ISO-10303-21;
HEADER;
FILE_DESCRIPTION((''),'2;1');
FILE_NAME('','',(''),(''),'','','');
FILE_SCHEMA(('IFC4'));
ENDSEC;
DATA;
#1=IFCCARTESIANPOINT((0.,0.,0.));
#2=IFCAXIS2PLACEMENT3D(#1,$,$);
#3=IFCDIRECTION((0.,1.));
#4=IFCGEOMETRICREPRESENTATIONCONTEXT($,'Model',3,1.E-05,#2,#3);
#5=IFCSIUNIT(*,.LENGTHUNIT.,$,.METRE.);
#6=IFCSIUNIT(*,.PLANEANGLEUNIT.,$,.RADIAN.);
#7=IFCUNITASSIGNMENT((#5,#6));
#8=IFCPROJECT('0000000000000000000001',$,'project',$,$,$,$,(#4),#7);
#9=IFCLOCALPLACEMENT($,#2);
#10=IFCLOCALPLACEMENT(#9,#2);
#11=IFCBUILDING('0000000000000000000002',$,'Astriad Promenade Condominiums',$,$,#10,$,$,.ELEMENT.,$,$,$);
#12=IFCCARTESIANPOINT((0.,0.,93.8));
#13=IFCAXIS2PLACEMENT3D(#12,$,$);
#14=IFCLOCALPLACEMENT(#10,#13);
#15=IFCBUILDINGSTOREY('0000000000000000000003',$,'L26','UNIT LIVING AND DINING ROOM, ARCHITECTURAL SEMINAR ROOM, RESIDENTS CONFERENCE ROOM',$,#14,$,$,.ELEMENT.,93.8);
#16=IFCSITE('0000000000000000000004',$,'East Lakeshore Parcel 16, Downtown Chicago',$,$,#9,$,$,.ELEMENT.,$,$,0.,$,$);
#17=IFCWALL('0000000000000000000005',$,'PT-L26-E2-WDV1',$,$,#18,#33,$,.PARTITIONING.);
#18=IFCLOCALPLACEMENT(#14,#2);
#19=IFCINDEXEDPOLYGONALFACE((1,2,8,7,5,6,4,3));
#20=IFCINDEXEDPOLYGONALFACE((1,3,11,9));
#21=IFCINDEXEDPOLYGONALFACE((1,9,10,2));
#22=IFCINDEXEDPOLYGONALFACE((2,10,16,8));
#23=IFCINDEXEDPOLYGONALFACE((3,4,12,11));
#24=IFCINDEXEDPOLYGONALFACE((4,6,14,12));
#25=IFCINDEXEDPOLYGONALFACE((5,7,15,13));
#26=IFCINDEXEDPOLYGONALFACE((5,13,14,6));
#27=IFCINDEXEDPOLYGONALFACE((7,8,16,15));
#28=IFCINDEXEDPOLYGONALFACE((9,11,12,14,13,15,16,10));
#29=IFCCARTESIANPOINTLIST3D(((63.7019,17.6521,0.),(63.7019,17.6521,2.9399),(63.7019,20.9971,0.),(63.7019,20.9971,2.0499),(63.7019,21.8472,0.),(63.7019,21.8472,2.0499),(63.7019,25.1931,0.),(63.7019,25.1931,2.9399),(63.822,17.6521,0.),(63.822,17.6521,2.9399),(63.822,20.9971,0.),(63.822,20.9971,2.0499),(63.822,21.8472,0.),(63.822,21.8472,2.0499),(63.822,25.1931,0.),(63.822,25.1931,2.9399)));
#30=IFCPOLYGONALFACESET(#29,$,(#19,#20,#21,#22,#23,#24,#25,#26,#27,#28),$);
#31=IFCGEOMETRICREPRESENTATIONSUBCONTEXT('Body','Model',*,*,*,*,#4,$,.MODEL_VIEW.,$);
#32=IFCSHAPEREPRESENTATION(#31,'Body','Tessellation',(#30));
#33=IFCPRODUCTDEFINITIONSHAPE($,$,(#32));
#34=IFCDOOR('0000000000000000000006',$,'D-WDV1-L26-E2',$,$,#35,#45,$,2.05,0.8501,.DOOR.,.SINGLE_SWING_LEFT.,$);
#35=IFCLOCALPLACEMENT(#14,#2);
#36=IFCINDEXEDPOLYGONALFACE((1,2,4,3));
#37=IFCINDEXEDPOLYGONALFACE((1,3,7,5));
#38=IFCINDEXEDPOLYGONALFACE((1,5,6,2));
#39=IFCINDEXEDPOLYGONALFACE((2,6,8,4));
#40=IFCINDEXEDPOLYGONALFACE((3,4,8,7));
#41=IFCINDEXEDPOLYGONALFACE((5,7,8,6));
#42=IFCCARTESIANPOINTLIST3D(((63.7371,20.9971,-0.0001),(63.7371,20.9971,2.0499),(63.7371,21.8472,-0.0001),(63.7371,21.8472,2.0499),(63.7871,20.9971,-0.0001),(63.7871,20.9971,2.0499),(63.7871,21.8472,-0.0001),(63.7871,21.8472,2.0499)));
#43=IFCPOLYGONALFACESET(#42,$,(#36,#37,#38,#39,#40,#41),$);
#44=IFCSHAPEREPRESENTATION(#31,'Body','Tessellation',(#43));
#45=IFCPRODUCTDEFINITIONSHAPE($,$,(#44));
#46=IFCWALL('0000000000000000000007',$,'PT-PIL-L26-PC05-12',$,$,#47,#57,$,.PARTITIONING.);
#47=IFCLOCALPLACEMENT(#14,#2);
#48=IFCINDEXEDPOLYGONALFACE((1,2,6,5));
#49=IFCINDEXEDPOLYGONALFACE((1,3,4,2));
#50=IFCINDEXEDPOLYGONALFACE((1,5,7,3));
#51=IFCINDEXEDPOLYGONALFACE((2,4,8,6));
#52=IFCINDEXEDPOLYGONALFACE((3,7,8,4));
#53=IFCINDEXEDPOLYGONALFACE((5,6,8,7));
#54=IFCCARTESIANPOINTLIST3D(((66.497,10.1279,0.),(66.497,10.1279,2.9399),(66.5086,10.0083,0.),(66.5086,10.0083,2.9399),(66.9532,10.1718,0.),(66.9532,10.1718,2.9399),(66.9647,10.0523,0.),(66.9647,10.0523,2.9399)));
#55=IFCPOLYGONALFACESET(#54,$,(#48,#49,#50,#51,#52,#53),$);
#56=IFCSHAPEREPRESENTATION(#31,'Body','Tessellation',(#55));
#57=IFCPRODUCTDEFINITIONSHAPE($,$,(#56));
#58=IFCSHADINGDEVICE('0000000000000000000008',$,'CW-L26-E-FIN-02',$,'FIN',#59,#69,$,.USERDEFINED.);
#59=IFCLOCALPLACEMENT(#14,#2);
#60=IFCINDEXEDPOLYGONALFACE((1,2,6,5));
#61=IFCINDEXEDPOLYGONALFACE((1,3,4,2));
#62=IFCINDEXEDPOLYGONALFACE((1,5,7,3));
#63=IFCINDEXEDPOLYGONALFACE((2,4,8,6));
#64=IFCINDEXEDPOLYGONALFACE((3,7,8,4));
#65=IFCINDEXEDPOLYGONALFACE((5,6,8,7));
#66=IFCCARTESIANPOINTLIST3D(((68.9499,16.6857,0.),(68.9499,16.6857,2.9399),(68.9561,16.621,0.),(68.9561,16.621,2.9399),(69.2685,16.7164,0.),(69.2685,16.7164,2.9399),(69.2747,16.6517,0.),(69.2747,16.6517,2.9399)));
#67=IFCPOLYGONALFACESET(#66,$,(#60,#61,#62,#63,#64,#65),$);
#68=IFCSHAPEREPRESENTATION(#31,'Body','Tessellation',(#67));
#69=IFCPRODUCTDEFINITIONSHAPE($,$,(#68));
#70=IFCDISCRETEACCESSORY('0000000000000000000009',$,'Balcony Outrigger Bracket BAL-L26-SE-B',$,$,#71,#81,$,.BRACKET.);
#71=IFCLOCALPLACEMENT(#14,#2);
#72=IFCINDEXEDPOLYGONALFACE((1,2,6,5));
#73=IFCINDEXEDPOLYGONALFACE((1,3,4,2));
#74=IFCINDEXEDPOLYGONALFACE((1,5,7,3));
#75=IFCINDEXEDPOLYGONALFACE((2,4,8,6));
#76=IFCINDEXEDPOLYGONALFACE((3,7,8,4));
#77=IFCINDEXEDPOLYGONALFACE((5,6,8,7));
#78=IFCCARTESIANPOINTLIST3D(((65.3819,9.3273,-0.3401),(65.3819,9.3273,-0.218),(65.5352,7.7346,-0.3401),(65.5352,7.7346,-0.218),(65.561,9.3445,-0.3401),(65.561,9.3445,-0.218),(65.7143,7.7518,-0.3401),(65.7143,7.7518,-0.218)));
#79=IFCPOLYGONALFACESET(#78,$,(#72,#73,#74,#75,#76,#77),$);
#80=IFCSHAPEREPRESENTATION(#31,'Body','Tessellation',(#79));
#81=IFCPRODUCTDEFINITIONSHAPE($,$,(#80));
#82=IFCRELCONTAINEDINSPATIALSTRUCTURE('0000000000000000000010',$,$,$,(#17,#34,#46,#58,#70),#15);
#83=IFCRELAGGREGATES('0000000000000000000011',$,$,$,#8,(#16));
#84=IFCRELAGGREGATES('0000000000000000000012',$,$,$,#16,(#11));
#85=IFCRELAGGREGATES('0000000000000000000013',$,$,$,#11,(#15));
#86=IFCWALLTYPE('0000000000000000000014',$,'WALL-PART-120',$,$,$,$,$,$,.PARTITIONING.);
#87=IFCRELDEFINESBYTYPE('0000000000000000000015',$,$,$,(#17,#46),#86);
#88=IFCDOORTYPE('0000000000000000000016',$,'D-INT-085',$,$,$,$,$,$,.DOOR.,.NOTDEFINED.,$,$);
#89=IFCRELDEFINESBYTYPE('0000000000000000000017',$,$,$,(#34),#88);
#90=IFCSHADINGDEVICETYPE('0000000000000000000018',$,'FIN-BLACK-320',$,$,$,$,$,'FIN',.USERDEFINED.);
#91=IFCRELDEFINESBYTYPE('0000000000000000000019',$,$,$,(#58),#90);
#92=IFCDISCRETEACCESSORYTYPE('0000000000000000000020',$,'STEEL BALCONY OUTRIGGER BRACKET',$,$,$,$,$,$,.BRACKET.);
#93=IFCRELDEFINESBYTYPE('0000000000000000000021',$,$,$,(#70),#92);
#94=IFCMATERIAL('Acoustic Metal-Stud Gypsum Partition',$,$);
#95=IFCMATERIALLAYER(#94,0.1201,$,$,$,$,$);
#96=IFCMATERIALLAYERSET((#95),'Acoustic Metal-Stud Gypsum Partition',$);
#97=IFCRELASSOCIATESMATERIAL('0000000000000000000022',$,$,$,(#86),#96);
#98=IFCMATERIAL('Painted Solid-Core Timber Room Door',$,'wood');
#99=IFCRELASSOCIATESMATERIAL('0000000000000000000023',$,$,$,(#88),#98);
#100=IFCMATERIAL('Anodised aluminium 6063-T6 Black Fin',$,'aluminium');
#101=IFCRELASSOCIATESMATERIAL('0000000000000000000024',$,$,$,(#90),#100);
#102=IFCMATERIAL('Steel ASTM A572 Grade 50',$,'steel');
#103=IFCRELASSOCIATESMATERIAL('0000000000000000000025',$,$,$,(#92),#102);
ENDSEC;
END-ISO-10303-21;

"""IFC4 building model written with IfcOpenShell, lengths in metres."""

from ifc_helpers import new_model, si_unit, direction, frame, frame_2d, origin, origin_2d, place, context, subcontext, project, spatial, rectangle, extrude, source, transform, mapped, material, layer, layer_set, type_object, type_shapes, element, fill, save


model = new_model("IFC4")

# Units and contexts
model_context = context("Model", 3, precision=1e-05, world=origin(), true_north=direction((0.0, 1.0)))
body_context = subcontext(model_context, "Body", "Model", "MODEL_VIEW")
ifc_project = project(units=[si_unit("LENGTHUNIT", "METRE"), si_unit("PLANEANGLEUNIT", "RADIAN")], contexts=[model_context])

# Site, building, storey
site_placement = place(None, origin())
site = spatial("IfcSite", under=ifc_project, at=site_placement, Name="East Lakeshore Parcel 16, Downtown Chicago", CompositionType="ELEMENT", RefElevation=0.0)
building_placement = place(site_placement, origin())
building = spatial("IfcBuilding", under=site, at=building_placement, Name="Astriad Promenade Condominiums", CompositionType="ELEMENT")
storey_placement = place(building_placement, frame((0.0, 0.0, 93.8)))
storey = spatial("IfcBuildingStorey", under=building, at=storey_placement, Name="L26", Description="UNIT LIVING AND DINING ROOM, ARCHITECTURAL SEMINAR ROOM, RESIDENTS CONFERENCE ROOM", CompositionType="ELEMENT", Elevation=93.8)

# Wall, opening, door
ifc_material_1 = material(Name="Acoustic Metal-Stud Gypsum Partition")
ifc_layer_1 = layer(ifc_material_1, 0.1201)
ifc_layer_set_1 = layer_set([ifc_layer_1], Name="Acoustic Metal-Stud Gypsum Partition")
wall_type_1 = type_object("IfcWallType", Name="WALL-PART-120", PredefinedType="PARTITIONING", material=ifc_layer_set_1)
ifc_material_2 = material(Name="Painted Solid-Core Timber Room Door", Category="wood")
door_type_1 = type_object("IfcDoorType", Name="D-INT-085", OperationType="NOTDEFINED", PredefinedType="DOOR", material=ifc_material_2)
shared_shape_1 = source(origin(), body_context, "Body", "SweptSolid", [
    extrude(rectangle(XDim=0.8501, YDim=2.05, at=frame_2d((0.425, 1.0249))), frame((0.0, 0.0249, 0.0), z_axis=(0.0, -1.0, 0.0), x_axis=(1.0, 0.0, 0.0)), (0.0, 0.0, 1.0), 0.05),
])
type_shapes(door_type_1, [shared_shape_1])
wall_1_placement = place(storey_placement, frame((63.762, 17.6521, 0.0), z_axis=(0.0, 0.0, 1.0), x_axis=(0.0, 1.0, 0.0)))
wall_1 = element("IfcWall", 1, at=wall_1_placement, inside=storey, type_object=wall_type_1, Name="PT-L26-E2-WDV1", PredefinedType="PARTITIONING", context=body_context, shape_type="SweptSolid", body=[
    extrude(rectangle(XDim=7.541, YDim=0.1201, at=frame_2d((3.7705, 0.0))), origin(), (0.0, 0.0, 1.0), 2.9399),
])
opening_1_placement = place(wall_1_placement, frame((3.345, 0.0, 0.0)))
opening_1 = element("IfcOpeningElement", 2, at=opening_1_placement, cuts=wall_1, PredefinedType="OPENING", context=body_context, shape_type="SweptSolid", body=[
    extrude(rectangle(XDim=0.8501, YDim=2.05, at=frame_2d((0.425, 1.0249))), frame((0.0, 0.0701, 0.0), z_axis=(0.0, -1.0, 0.0), x_axis=(1.0, 0.0, 0.0)), (0.0, 0.0, 1.0), 0.1401),
])
door_1_placement = place(opening_1_placement, origin())
door_1 = element("IfcDoor", 3, at=door_1_placement, inside=storey, type_object=door_type_1, Name="D-WDV1-L26-E2", OperationType="SINGLE_SWING_LEFT", OverallHeight=2.05, OverallWidth=0.8501, PredefinedType="DOOR", context=body_context, shape_type="MappedRepresentation", body=[
    mapped(shared_shape_1, transform((0.0, 0.0, 0.0), scale=1.0)),
])
fill(opening_1, door_1)

# Wall
wall_2_placement = place(storey_placement, frame((66.5029, 10.0681, 0.0), z_axis=(0.0, 0.0, 1.0), x_axis=(0.995389, 0.095915, 0.0)))
element("IfcWall", 4, at=wall_2_placement, inside=storey, type_object=wall_type_1, Name="PT-PIL-L26-PC05-12", PredefinedType="PARTITIONING", context=body_context, shape_type="SweptSolid", body=[
    extrude(rectangle(XDim=0.4583, YDim=0.1201, at=frame_2d((0.229, 0.0))), origin(), (0.0, 0.0, 1.0), 2.9399),
])

# Shading device
ifc_material_3 = material(Name="Anodised aluminium 6063-T6 Black Fin", Category="aluminium")
shading_device_type = type_object("IfcShadingDeviceType", Name="FIN-BLACK-320", ElementType="FIN", PredefinedType="USERDEFINED", material=ifc_material_3)
shared_shape_2 = source(origin(), body_context, "Body", "SweptSolid", [
    extrude(rectangle(XDim=0.0649, YDim=0.3201, at=origin_2d()), origin(), (0.0, 0.0, 1.0), 2.9399),
])
type_shapes(shading_device_type, [shared_shape_2])
shading_device_placement = place(storey_placement, frame((69.1123, 16.6687, 0.0), z_axis=(0.0, 0.0, 1.0), x_axis=(0.095846, -0.995396, 0.0)))
element("IfcShadingDevice", 5, at=shading_device_placement, inside=storey, type_object=shading_device_type, Name="CW-L26-E-FIN-02", ObjectType="FIN", PredefinedType="USERDEFINED", context=body_context, shape_type="MappedRepresentation", body=[
    mapped(shared_shape_2, transform((0.0, 0.0, 0.0), scale=1.0)),
])

# Discrete accessory
ifc_material_4 = material(Name="Steel ASTM A572 Grade 50", Category="steel")
discrete_accessory_type = type_object("IfcDiscreteAccessoryType", Name="STEEL BALCONY OUTRIGGER BRACKET", PredefinedType="BRACKET", material=ifc_material_4)
shared_shape_3 = source(origin(), body_context, "Body", "SweptSolid", [
    extrude(rectangle(XDim=1.6001, YDim=0.1799, at=origin_2d()), origin(), (0.0, 0.0, 1.0), 0.1221),
])
type_shapes(discrete_accessory_type, [shared_shape_3])
discrete_accessory_placement = place(storey_placement, frame((65.5481, 8.5396, -0.3401), z_axis=(0.0, 0.0, 1.0), x_axis=(0.095846, -0.995396, 0.0)))
element("IfcDiscreteAccessory", 6, at=discrete_accessory_placement, inside=storey, type_object=discrete_accessory_type, Name="Balcony Outrigger Bracket BAL-L26-SE-B", PredefinedType="BRACKET", context=body_context, shape_type="MappedRepresentation", body=[
    mapped(shared_shape_3, transform((0.0, 0.0, 0.0), scale=1.0)),
])

save(model, "model.ifc")
